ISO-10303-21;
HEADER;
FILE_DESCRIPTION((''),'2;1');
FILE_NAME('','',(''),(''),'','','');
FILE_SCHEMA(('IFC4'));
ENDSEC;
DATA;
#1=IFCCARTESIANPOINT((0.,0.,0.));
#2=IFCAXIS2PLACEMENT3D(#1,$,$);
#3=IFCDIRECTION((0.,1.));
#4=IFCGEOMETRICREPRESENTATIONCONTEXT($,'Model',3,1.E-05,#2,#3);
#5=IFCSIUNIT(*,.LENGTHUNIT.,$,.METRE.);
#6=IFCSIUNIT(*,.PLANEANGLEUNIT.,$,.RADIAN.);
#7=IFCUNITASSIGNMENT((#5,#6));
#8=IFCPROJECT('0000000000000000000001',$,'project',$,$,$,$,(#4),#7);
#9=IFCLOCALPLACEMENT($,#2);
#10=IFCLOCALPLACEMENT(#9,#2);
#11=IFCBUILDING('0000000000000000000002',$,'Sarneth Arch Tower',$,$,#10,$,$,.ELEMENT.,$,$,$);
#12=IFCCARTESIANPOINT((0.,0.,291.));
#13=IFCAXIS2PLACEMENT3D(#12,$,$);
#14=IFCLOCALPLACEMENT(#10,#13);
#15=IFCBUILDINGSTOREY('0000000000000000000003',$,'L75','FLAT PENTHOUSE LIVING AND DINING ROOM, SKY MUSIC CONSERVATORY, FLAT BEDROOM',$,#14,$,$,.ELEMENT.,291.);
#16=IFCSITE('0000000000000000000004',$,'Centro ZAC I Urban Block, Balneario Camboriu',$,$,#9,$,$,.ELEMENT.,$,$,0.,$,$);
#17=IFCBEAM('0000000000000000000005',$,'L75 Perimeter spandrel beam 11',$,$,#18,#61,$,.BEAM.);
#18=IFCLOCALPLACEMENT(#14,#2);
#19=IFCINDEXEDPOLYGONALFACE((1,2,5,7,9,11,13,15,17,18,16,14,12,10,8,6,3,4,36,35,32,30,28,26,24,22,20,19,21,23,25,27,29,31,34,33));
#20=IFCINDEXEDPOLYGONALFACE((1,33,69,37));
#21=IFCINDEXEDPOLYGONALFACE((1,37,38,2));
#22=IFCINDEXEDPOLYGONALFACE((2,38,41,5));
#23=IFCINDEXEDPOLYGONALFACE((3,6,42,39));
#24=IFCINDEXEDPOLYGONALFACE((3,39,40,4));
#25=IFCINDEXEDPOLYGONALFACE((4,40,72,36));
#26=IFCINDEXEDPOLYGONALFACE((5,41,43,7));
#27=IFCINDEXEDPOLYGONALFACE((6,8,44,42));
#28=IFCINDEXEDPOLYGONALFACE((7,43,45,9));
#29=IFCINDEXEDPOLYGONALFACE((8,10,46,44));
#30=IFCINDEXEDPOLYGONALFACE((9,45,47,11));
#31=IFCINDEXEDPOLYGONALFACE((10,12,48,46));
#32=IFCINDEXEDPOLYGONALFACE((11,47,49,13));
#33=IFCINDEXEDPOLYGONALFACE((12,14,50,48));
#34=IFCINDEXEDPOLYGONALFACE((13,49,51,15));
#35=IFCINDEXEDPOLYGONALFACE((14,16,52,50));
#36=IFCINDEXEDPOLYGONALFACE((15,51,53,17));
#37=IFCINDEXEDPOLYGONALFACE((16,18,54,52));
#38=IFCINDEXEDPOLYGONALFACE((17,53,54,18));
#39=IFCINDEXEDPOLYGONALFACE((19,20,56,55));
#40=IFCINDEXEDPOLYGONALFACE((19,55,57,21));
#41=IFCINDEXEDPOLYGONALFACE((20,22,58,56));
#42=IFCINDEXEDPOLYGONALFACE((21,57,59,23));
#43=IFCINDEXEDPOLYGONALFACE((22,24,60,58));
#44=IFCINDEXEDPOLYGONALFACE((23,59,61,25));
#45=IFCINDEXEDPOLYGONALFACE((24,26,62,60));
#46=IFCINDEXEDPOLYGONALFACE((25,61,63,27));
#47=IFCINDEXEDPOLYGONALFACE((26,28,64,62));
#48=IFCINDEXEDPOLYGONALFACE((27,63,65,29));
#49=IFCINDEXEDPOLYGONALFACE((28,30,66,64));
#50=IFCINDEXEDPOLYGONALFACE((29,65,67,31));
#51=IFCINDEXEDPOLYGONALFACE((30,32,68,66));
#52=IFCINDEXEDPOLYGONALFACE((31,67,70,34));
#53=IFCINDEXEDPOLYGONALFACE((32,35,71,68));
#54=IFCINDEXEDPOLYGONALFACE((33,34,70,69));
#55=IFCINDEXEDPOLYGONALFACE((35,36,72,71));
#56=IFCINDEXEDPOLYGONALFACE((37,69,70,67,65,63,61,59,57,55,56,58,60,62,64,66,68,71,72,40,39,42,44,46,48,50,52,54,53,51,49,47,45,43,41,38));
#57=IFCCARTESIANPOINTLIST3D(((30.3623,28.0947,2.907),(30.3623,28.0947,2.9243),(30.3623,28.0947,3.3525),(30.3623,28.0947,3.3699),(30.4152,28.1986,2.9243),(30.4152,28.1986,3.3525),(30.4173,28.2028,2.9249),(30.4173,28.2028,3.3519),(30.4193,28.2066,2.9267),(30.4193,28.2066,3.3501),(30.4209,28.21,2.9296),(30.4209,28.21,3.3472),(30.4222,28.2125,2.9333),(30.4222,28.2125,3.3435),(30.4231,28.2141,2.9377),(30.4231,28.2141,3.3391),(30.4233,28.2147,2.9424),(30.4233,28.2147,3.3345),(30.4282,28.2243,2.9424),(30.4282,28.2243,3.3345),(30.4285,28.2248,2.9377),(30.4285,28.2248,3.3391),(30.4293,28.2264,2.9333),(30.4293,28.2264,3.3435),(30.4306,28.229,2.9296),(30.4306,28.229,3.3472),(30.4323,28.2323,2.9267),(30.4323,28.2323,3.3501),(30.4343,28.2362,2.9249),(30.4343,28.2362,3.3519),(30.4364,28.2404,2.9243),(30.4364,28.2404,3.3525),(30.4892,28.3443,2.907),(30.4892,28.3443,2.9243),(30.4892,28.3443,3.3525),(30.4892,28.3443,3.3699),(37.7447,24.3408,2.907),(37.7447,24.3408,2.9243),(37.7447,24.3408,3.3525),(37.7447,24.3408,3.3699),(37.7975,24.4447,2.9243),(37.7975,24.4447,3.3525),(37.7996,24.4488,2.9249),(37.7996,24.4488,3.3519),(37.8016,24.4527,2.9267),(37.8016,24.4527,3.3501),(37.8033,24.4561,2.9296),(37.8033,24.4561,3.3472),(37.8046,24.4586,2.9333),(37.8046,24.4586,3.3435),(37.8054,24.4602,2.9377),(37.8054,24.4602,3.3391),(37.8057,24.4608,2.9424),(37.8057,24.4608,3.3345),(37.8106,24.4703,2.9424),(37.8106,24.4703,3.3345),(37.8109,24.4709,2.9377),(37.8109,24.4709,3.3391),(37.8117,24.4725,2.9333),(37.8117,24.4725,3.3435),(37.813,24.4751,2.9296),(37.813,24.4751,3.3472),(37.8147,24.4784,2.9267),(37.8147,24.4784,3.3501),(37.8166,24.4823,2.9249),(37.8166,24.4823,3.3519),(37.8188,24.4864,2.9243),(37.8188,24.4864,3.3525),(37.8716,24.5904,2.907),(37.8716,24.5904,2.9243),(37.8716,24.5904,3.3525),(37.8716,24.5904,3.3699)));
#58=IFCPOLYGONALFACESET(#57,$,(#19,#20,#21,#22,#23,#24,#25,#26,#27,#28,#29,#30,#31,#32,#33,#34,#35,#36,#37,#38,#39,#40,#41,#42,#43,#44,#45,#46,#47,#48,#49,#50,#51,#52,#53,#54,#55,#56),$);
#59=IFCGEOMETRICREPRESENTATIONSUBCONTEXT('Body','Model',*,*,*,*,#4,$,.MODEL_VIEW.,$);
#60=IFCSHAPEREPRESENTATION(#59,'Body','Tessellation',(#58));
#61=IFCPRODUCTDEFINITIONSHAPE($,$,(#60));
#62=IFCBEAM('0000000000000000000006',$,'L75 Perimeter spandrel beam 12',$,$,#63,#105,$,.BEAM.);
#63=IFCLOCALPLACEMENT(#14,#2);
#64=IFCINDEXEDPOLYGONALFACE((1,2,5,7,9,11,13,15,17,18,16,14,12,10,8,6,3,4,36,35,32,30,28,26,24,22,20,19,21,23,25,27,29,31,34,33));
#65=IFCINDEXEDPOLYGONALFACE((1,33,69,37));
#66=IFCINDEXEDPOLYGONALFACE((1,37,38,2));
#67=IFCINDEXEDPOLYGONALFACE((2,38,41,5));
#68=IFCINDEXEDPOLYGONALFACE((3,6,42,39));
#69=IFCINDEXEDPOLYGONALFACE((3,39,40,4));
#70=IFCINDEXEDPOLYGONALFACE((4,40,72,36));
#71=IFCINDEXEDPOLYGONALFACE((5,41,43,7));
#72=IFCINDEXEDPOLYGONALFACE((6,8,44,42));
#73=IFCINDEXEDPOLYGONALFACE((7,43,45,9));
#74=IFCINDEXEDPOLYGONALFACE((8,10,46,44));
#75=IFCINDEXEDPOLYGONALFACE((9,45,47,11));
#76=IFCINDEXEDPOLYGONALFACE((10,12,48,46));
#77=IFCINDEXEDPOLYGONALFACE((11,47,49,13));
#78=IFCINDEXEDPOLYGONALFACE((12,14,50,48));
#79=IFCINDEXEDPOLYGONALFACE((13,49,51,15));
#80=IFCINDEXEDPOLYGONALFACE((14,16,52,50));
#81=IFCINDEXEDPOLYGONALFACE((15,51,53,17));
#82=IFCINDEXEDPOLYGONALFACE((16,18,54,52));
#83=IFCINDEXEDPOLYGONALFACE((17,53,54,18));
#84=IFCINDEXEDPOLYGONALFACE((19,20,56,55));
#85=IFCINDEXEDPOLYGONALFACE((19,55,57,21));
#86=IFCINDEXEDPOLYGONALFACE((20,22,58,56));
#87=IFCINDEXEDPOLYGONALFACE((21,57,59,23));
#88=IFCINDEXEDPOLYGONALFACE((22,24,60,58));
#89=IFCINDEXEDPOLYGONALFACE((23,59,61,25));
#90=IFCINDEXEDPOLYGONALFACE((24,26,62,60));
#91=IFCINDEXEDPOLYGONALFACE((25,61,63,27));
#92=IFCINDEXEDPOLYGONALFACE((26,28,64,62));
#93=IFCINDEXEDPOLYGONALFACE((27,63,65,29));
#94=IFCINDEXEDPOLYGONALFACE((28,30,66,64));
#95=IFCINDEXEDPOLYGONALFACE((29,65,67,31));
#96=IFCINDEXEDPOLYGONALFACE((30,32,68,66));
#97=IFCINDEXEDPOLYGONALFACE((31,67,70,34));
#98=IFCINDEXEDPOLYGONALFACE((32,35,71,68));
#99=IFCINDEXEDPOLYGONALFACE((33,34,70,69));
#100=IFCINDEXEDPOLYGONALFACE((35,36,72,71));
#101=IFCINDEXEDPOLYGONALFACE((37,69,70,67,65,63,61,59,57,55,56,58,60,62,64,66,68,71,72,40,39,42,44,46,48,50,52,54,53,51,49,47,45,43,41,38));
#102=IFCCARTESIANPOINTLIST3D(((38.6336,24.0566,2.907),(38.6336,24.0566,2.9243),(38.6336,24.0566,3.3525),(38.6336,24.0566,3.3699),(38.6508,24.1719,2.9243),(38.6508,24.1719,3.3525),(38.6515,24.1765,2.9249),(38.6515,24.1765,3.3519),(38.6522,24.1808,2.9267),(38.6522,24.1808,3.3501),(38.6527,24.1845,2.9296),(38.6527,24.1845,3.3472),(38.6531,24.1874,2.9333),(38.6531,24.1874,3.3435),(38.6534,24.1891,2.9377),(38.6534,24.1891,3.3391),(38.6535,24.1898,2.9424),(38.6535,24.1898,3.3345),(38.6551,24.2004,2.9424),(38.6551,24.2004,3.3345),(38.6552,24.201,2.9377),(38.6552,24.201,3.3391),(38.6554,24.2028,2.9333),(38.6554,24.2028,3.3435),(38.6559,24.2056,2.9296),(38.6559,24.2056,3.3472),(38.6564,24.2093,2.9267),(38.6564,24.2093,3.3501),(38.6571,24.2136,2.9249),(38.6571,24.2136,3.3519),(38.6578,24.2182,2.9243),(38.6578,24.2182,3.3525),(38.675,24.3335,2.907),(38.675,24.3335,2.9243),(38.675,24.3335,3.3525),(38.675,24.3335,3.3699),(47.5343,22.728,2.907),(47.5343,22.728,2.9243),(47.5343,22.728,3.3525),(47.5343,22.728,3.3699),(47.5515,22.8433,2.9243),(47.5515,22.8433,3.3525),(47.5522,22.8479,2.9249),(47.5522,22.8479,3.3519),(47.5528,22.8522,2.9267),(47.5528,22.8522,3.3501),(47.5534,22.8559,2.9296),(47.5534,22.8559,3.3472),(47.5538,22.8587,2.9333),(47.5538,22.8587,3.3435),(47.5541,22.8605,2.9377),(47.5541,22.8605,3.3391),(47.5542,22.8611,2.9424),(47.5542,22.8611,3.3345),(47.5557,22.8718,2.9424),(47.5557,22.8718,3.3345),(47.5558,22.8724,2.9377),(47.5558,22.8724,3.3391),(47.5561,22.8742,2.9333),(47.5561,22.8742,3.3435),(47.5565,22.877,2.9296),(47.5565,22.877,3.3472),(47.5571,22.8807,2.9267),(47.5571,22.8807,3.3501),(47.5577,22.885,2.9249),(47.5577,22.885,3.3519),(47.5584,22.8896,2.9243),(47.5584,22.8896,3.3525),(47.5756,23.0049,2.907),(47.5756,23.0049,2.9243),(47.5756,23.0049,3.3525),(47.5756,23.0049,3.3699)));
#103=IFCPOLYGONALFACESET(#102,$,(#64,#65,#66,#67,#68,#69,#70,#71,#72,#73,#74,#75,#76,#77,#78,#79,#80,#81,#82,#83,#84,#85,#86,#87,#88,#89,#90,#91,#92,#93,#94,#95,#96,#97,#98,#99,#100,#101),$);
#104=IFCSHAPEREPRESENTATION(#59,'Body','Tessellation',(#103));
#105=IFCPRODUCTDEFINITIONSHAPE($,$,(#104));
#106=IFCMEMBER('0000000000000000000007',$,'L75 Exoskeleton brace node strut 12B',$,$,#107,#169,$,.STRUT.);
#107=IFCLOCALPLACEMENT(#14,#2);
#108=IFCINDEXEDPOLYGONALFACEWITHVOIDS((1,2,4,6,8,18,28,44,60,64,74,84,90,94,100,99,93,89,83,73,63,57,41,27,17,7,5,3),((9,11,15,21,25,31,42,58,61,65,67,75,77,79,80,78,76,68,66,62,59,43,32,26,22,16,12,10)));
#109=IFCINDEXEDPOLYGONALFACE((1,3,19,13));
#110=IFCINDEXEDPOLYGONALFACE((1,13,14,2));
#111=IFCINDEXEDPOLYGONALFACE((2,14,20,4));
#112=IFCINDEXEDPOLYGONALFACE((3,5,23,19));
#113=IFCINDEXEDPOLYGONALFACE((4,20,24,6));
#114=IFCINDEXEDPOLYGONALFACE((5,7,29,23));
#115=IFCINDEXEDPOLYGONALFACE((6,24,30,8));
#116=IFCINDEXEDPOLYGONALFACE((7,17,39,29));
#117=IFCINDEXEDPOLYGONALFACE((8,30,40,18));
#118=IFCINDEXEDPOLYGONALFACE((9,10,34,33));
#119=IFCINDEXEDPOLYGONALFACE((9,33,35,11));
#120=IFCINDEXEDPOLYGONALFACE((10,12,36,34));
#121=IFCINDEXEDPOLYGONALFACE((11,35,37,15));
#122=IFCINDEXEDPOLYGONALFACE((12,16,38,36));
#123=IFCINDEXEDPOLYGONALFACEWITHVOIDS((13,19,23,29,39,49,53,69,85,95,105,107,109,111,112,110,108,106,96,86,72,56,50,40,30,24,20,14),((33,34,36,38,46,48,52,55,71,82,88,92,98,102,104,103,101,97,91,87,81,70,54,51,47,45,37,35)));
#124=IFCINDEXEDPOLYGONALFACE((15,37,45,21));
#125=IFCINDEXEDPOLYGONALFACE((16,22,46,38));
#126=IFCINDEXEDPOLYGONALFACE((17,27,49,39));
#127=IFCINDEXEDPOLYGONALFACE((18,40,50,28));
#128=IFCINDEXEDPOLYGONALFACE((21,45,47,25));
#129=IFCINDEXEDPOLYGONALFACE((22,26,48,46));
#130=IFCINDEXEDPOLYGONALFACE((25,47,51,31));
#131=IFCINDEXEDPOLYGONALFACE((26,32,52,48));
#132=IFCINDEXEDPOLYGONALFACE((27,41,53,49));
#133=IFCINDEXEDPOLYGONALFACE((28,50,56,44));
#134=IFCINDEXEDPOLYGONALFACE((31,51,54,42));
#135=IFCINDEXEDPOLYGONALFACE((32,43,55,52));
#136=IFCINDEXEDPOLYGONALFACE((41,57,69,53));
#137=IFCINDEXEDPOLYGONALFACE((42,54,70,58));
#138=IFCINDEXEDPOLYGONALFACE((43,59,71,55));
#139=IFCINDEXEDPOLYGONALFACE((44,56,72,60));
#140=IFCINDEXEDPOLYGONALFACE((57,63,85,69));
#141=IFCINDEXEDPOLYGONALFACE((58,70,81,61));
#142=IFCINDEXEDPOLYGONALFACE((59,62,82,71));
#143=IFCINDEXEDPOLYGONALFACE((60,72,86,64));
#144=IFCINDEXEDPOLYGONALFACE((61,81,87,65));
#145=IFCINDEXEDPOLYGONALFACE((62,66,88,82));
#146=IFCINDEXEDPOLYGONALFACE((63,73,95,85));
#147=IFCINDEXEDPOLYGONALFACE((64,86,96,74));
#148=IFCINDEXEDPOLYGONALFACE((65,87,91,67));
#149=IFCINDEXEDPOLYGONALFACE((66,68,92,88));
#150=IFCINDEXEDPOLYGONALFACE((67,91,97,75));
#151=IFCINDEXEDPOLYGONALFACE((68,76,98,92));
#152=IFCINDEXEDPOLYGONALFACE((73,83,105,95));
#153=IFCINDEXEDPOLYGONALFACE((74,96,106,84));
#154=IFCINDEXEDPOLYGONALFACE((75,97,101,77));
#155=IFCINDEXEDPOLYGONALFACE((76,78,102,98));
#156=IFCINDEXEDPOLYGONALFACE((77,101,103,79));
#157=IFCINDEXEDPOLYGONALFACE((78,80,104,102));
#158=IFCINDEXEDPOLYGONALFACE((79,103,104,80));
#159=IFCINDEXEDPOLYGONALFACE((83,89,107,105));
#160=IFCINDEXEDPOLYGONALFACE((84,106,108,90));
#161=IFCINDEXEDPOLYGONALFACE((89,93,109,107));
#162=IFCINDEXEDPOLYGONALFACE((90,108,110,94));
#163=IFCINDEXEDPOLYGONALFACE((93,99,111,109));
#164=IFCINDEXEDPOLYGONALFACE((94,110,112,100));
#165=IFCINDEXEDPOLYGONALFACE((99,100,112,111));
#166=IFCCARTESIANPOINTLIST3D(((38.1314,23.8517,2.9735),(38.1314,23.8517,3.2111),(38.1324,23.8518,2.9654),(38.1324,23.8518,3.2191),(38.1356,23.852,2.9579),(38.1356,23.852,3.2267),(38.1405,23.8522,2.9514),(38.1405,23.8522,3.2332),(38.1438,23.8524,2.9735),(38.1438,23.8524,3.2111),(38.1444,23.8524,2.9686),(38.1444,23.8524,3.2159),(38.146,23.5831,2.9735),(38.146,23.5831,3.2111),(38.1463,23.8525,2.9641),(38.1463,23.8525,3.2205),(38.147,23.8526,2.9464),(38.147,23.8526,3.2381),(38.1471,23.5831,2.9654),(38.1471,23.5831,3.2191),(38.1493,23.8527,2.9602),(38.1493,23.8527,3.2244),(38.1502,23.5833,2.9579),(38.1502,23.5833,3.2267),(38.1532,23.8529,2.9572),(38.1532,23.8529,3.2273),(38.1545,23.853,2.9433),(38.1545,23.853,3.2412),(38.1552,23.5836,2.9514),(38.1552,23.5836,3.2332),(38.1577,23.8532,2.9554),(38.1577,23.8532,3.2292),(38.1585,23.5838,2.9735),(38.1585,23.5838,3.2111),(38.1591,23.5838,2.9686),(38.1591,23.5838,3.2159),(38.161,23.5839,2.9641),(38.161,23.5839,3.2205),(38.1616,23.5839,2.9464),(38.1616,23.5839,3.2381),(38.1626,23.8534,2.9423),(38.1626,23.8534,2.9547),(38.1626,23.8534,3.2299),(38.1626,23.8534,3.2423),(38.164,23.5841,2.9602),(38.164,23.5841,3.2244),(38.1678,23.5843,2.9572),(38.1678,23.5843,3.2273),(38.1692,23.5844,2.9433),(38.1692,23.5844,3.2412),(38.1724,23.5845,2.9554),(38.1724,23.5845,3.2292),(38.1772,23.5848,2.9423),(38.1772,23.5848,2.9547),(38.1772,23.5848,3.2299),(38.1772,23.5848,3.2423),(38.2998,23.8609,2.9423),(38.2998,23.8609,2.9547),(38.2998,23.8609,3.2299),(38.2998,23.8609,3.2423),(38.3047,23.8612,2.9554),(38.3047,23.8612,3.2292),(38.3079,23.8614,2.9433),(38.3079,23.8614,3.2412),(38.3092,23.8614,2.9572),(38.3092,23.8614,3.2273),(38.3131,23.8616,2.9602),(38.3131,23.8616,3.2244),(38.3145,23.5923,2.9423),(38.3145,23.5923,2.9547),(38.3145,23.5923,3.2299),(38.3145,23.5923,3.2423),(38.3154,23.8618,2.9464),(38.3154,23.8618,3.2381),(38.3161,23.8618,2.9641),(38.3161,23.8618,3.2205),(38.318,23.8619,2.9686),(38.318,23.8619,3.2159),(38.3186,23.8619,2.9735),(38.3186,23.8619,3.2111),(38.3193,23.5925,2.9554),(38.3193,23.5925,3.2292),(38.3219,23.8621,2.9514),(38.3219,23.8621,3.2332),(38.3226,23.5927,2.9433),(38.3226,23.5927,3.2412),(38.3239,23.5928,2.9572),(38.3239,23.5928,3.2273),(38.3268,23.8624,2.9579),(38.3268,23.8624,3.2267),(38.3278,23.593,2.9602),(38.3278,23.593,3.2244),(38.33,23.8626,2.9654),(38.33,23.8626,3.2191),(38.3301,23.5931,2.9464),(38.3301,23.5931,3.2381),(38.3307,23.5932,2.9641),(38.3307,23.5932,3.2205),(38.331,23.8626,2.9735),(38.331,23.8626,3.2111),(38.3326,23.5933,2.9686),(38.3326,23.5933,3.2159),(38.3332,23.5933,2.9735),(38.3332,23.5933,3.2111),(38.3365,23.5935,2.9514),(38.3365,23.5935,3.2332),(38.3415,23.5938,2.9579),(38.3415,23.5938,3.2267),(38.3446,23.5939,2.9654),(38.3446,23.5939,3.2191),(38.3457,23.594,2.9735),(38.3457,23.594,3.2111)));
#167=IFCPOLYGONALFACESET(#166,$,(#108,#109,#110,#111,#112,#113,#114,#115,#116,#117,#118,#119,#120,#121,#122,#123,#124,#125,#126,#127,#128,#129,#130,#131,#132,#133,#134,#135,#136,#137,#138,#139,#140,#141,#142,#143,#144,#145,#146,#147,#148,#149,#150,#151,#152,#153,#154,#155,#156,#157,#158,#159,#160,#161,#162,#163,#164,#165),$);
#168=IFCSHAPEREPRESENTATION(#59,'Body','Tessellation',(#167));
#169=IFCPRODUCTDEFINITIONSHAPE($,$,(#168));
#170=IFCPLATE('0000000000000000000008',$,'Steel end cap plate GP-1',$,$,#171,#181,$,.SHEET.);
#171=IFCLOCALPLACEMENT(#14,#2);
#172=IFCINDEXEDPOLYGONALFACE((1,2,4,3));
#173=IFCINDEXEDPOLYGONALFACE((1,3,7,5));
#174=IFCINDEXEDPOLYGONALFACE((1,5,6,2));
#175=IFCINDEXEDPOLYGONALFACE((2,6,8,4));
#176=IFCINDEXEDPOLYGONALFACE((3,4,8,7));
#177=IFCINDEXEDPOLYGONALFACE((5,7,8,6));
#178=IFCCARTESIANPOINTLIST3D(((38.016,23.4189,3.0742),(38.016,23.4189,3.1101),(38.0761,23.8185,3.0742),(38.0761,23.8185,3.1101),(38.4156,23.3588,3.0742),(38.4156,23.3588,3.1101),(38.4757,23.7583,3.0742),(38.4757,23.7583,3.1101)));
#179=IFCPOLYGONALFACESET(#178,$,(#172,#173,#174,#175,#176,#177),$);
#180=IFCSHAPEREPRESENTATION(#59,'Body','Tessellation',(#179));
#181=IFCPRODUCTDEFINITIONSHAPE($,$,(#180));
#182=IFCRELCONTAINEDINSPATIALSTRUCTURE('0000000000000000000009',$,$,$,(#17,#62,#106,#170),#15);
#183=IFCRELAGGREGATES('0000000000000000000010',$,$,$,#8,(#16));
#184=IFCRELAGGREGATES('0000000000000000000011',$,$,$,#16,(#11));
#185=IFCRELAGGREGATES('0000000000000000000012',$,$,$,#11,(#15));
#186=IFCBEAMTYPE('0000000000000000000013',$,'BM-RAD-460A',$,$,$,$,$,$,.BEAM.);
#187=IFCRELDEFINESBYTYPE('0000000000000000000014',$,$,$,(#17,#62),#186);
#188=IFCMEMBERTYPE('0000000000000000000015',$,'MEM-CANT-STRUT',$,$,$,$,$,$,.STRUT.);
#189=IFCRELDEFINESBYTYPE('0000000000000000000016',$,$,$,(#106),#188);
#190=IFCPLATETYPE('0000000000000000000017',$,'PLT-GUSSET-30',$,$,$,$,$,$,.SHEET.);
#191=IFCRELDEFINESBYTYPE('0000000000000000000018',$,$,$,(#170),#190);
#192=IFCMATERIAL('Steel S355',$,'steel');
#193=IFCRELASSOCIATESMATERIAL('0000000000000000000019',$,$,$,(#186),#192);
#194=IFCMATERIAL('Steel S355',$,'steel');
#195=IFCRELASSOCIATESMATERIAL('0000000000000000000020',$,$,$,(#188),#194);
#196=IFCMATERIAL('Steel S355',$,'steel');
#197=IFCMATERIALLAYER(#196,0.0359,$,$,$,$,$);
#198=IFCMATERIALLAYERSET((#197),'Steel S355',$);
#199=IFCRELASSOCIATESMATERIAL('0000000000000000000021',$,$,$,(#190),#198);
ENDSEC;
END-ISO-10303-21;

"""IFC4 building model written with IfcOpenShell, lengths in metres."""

from ifc_helpers import new_model, si_unit, direction, frame, origin, origin_2d, place, context, subcontext, project, spatial, rectangle, hollow_rectangle, i_section, extrude, material, layer, layer_set, material_profile, profile_set, type_object, element, save


model = new_model("IFC4")

# Units and contexts
model_context = context("Model", 3, precision=1e-05, world=origin(), true_north=direction((0.0, 1.0)))
body_context = subcontext(model_context, "Body", "Model", "MODEL_VIEW")
ifc_project = project(units=[si_unit("LENGTHUNIT", "METRE"), si_unit("PLANEANGLEUNIT", "RADIAN")], contexts=[model_context])

# Site, building, storey
site_placement = place(None, origin())
site = spatial("IfcSite", under=ifc_project, at=site_placement, Name="Centro ZAC I Urban Block, Balneario Camboriu", CompositionType="ELEMENT", RefElevation=0.0)
building_placement = place(site_placement, origin())
building = spatial("IfcBuilding", under=site, at=building_placement, Name="Sarneth Arch Tower", CompositionType="ELEMENT")
storey_placement = place(building_placement, frame((0.0, 0.0, 291.0)))
storey = spatial("IfcBuildingStorey", under=building, at=storey_placement, Name="L75", Description="FLAT PENTHOUSE LIVING AND DINING ROOM, SKY MUSIC CONSERVATORY, FLAT BEDROOM", CompositionType="ELEMENT", Elevation=291.0)

# Beams
ifc_material_1 = material(Name="Steel S355", Category="steel")
ifc_material_profile_1 = material_profile(ifc_material_1, i_section(OverallWidth=0.28, OverallDepth=0.4629, WebThickness=0.0107, FlangeThickness=0.0173, FilletRadius=0.0181, at=origin_2d()), Name="W460x113")
ifc_profile_set_1 = profile_set([ifc_material_profile_1], Name="Steel S355")
beam_type_1 = type_object("IfcBeamType", Name="BM-RAD-460A", PredefinedType="BEAM", material=ifc_profile_set_1)
beam_1_placement = place(storey_placement, frame((30.4258, 28.2195, 3.1384), z_axis=(0.891376, -0.453264, 0.0), x_axis=(0.453264, 0.891376, 0.0)))
element("IfcBeam", 1, at=beam_1_placement, inside=storey, type_object=beam_type_1, Name="L75 Perimeter spandrel beam 11", PredefinedType="BEAM", context=body_context, shape_type="SweptSolid", body=[
    extrude(i_section(OverallWidth=0.28, OverallDepth=0.4629, WebThickness=0.0107, FlangeThickness=0.0173, FilletRadius=0.0181, at=origin_2d()), origin(), (0.0, 0.0, 1.0), 8.282),
])
beam_2_placement = place(storey_placement, frame((38.6543, 24.1951, 3.1384), z_axis=(0.989042, -0.147636, 0.0), x_axis=(0.147636, 0.989042, 0.0)))
element("IfcBeam", 2, at=beam_2_placement, inside=storey, type_object=beam_type_1, Name="L75 Perimeter spandrel beam 12", PredefinedType="BEAM", context=body_context, shape_type="SweptSolid", body=[
    extrude(i_section(OverallWidth=0.28, OverallDepth=0.4629, WebThickness=0.0107, FlangeThickness=0.0173, FilletRadius=0.0181, at=origin_2d()), origin(), (0.0, 0.0, 1.0), 8.9993),
])

# Member
ifc_material_2 = material(Name="Steel S355", Category="steel")
ifc_material_profile_2 = material_profile(ifc_material_2, hollow_rectangle(XDim=0.2, YDim=0.3, WallThickness=0.0125, InnerFilletRadius=0.0188, OuterFilletRadius=0.0312, at=origin_2d()), Name="RHS300x200x12.5")
ifc_profile_set_2 = profile_set([ifc_material_profile_2], Name="Steel S355")
member_type = type_object("IfcMemberType", Name="MEM-CANT-STRUT", PredefinedType="STRUT", material=ifc_profile_set_2)
member_placement = place(storey_placement, frame((38.2312, 23.8572, 3.0923), z_axis=(0.054464, -0.998516, 0.0), x_axis=(0.998516, 0.054464, 0.0)))
element("IfcMember", 3, at=member_placement, inside=storey, type_object=member_type, Name="L75 Exoskeleton brace node strut 12B", PredefinedType="STRUT", context=body_context, shape_type="SweptSolid", body=[
    extrude(hollow_rectangle(XDim=0.2, YDim=0.3, WallThickness=0.0125, InnerFilletRadius=0.0188, OuterFilletRadius=0.0312, at=origin_2d()), origin(), (0.0, 0.0, 1.0), 0.269),
])

# Plate
ifc_material_3 = material(Name="Steel S355", Category="steel")
ifc_layer_1 = layer(ifc_material_3, 0.0359)
ifc_layer_set_1 = layer_set([ifc_layer_1], Name="Steel S355")
plate_type = type_object("IfcPlateType", Name="PLT-GUSSET-30", PredefinedType="SHEET", material=ifc_layer_set_1)
plate_placement = place(storey_placement, frame((38.2458, 23.5886, 3.0742), z_axis=(0.0, 0.0, 1.0), x_axis=(0.988861, -0.148845, 0.0)))
element("IfcPlate", 4, at=plate_placement, inside=storey, type_object=plate_type, Name="Steel end cap plate GP-1", PredefinedType="SHEET", context=body_context, shape_type="SweptSolid", body=[
    extrude(rectangle(XDim=0.4041, YDim=0.4041, at=origin_2d()), origin(), (0.0, 0.0, 1.0), 0.0359),
])

save(model, "model.ifc")
